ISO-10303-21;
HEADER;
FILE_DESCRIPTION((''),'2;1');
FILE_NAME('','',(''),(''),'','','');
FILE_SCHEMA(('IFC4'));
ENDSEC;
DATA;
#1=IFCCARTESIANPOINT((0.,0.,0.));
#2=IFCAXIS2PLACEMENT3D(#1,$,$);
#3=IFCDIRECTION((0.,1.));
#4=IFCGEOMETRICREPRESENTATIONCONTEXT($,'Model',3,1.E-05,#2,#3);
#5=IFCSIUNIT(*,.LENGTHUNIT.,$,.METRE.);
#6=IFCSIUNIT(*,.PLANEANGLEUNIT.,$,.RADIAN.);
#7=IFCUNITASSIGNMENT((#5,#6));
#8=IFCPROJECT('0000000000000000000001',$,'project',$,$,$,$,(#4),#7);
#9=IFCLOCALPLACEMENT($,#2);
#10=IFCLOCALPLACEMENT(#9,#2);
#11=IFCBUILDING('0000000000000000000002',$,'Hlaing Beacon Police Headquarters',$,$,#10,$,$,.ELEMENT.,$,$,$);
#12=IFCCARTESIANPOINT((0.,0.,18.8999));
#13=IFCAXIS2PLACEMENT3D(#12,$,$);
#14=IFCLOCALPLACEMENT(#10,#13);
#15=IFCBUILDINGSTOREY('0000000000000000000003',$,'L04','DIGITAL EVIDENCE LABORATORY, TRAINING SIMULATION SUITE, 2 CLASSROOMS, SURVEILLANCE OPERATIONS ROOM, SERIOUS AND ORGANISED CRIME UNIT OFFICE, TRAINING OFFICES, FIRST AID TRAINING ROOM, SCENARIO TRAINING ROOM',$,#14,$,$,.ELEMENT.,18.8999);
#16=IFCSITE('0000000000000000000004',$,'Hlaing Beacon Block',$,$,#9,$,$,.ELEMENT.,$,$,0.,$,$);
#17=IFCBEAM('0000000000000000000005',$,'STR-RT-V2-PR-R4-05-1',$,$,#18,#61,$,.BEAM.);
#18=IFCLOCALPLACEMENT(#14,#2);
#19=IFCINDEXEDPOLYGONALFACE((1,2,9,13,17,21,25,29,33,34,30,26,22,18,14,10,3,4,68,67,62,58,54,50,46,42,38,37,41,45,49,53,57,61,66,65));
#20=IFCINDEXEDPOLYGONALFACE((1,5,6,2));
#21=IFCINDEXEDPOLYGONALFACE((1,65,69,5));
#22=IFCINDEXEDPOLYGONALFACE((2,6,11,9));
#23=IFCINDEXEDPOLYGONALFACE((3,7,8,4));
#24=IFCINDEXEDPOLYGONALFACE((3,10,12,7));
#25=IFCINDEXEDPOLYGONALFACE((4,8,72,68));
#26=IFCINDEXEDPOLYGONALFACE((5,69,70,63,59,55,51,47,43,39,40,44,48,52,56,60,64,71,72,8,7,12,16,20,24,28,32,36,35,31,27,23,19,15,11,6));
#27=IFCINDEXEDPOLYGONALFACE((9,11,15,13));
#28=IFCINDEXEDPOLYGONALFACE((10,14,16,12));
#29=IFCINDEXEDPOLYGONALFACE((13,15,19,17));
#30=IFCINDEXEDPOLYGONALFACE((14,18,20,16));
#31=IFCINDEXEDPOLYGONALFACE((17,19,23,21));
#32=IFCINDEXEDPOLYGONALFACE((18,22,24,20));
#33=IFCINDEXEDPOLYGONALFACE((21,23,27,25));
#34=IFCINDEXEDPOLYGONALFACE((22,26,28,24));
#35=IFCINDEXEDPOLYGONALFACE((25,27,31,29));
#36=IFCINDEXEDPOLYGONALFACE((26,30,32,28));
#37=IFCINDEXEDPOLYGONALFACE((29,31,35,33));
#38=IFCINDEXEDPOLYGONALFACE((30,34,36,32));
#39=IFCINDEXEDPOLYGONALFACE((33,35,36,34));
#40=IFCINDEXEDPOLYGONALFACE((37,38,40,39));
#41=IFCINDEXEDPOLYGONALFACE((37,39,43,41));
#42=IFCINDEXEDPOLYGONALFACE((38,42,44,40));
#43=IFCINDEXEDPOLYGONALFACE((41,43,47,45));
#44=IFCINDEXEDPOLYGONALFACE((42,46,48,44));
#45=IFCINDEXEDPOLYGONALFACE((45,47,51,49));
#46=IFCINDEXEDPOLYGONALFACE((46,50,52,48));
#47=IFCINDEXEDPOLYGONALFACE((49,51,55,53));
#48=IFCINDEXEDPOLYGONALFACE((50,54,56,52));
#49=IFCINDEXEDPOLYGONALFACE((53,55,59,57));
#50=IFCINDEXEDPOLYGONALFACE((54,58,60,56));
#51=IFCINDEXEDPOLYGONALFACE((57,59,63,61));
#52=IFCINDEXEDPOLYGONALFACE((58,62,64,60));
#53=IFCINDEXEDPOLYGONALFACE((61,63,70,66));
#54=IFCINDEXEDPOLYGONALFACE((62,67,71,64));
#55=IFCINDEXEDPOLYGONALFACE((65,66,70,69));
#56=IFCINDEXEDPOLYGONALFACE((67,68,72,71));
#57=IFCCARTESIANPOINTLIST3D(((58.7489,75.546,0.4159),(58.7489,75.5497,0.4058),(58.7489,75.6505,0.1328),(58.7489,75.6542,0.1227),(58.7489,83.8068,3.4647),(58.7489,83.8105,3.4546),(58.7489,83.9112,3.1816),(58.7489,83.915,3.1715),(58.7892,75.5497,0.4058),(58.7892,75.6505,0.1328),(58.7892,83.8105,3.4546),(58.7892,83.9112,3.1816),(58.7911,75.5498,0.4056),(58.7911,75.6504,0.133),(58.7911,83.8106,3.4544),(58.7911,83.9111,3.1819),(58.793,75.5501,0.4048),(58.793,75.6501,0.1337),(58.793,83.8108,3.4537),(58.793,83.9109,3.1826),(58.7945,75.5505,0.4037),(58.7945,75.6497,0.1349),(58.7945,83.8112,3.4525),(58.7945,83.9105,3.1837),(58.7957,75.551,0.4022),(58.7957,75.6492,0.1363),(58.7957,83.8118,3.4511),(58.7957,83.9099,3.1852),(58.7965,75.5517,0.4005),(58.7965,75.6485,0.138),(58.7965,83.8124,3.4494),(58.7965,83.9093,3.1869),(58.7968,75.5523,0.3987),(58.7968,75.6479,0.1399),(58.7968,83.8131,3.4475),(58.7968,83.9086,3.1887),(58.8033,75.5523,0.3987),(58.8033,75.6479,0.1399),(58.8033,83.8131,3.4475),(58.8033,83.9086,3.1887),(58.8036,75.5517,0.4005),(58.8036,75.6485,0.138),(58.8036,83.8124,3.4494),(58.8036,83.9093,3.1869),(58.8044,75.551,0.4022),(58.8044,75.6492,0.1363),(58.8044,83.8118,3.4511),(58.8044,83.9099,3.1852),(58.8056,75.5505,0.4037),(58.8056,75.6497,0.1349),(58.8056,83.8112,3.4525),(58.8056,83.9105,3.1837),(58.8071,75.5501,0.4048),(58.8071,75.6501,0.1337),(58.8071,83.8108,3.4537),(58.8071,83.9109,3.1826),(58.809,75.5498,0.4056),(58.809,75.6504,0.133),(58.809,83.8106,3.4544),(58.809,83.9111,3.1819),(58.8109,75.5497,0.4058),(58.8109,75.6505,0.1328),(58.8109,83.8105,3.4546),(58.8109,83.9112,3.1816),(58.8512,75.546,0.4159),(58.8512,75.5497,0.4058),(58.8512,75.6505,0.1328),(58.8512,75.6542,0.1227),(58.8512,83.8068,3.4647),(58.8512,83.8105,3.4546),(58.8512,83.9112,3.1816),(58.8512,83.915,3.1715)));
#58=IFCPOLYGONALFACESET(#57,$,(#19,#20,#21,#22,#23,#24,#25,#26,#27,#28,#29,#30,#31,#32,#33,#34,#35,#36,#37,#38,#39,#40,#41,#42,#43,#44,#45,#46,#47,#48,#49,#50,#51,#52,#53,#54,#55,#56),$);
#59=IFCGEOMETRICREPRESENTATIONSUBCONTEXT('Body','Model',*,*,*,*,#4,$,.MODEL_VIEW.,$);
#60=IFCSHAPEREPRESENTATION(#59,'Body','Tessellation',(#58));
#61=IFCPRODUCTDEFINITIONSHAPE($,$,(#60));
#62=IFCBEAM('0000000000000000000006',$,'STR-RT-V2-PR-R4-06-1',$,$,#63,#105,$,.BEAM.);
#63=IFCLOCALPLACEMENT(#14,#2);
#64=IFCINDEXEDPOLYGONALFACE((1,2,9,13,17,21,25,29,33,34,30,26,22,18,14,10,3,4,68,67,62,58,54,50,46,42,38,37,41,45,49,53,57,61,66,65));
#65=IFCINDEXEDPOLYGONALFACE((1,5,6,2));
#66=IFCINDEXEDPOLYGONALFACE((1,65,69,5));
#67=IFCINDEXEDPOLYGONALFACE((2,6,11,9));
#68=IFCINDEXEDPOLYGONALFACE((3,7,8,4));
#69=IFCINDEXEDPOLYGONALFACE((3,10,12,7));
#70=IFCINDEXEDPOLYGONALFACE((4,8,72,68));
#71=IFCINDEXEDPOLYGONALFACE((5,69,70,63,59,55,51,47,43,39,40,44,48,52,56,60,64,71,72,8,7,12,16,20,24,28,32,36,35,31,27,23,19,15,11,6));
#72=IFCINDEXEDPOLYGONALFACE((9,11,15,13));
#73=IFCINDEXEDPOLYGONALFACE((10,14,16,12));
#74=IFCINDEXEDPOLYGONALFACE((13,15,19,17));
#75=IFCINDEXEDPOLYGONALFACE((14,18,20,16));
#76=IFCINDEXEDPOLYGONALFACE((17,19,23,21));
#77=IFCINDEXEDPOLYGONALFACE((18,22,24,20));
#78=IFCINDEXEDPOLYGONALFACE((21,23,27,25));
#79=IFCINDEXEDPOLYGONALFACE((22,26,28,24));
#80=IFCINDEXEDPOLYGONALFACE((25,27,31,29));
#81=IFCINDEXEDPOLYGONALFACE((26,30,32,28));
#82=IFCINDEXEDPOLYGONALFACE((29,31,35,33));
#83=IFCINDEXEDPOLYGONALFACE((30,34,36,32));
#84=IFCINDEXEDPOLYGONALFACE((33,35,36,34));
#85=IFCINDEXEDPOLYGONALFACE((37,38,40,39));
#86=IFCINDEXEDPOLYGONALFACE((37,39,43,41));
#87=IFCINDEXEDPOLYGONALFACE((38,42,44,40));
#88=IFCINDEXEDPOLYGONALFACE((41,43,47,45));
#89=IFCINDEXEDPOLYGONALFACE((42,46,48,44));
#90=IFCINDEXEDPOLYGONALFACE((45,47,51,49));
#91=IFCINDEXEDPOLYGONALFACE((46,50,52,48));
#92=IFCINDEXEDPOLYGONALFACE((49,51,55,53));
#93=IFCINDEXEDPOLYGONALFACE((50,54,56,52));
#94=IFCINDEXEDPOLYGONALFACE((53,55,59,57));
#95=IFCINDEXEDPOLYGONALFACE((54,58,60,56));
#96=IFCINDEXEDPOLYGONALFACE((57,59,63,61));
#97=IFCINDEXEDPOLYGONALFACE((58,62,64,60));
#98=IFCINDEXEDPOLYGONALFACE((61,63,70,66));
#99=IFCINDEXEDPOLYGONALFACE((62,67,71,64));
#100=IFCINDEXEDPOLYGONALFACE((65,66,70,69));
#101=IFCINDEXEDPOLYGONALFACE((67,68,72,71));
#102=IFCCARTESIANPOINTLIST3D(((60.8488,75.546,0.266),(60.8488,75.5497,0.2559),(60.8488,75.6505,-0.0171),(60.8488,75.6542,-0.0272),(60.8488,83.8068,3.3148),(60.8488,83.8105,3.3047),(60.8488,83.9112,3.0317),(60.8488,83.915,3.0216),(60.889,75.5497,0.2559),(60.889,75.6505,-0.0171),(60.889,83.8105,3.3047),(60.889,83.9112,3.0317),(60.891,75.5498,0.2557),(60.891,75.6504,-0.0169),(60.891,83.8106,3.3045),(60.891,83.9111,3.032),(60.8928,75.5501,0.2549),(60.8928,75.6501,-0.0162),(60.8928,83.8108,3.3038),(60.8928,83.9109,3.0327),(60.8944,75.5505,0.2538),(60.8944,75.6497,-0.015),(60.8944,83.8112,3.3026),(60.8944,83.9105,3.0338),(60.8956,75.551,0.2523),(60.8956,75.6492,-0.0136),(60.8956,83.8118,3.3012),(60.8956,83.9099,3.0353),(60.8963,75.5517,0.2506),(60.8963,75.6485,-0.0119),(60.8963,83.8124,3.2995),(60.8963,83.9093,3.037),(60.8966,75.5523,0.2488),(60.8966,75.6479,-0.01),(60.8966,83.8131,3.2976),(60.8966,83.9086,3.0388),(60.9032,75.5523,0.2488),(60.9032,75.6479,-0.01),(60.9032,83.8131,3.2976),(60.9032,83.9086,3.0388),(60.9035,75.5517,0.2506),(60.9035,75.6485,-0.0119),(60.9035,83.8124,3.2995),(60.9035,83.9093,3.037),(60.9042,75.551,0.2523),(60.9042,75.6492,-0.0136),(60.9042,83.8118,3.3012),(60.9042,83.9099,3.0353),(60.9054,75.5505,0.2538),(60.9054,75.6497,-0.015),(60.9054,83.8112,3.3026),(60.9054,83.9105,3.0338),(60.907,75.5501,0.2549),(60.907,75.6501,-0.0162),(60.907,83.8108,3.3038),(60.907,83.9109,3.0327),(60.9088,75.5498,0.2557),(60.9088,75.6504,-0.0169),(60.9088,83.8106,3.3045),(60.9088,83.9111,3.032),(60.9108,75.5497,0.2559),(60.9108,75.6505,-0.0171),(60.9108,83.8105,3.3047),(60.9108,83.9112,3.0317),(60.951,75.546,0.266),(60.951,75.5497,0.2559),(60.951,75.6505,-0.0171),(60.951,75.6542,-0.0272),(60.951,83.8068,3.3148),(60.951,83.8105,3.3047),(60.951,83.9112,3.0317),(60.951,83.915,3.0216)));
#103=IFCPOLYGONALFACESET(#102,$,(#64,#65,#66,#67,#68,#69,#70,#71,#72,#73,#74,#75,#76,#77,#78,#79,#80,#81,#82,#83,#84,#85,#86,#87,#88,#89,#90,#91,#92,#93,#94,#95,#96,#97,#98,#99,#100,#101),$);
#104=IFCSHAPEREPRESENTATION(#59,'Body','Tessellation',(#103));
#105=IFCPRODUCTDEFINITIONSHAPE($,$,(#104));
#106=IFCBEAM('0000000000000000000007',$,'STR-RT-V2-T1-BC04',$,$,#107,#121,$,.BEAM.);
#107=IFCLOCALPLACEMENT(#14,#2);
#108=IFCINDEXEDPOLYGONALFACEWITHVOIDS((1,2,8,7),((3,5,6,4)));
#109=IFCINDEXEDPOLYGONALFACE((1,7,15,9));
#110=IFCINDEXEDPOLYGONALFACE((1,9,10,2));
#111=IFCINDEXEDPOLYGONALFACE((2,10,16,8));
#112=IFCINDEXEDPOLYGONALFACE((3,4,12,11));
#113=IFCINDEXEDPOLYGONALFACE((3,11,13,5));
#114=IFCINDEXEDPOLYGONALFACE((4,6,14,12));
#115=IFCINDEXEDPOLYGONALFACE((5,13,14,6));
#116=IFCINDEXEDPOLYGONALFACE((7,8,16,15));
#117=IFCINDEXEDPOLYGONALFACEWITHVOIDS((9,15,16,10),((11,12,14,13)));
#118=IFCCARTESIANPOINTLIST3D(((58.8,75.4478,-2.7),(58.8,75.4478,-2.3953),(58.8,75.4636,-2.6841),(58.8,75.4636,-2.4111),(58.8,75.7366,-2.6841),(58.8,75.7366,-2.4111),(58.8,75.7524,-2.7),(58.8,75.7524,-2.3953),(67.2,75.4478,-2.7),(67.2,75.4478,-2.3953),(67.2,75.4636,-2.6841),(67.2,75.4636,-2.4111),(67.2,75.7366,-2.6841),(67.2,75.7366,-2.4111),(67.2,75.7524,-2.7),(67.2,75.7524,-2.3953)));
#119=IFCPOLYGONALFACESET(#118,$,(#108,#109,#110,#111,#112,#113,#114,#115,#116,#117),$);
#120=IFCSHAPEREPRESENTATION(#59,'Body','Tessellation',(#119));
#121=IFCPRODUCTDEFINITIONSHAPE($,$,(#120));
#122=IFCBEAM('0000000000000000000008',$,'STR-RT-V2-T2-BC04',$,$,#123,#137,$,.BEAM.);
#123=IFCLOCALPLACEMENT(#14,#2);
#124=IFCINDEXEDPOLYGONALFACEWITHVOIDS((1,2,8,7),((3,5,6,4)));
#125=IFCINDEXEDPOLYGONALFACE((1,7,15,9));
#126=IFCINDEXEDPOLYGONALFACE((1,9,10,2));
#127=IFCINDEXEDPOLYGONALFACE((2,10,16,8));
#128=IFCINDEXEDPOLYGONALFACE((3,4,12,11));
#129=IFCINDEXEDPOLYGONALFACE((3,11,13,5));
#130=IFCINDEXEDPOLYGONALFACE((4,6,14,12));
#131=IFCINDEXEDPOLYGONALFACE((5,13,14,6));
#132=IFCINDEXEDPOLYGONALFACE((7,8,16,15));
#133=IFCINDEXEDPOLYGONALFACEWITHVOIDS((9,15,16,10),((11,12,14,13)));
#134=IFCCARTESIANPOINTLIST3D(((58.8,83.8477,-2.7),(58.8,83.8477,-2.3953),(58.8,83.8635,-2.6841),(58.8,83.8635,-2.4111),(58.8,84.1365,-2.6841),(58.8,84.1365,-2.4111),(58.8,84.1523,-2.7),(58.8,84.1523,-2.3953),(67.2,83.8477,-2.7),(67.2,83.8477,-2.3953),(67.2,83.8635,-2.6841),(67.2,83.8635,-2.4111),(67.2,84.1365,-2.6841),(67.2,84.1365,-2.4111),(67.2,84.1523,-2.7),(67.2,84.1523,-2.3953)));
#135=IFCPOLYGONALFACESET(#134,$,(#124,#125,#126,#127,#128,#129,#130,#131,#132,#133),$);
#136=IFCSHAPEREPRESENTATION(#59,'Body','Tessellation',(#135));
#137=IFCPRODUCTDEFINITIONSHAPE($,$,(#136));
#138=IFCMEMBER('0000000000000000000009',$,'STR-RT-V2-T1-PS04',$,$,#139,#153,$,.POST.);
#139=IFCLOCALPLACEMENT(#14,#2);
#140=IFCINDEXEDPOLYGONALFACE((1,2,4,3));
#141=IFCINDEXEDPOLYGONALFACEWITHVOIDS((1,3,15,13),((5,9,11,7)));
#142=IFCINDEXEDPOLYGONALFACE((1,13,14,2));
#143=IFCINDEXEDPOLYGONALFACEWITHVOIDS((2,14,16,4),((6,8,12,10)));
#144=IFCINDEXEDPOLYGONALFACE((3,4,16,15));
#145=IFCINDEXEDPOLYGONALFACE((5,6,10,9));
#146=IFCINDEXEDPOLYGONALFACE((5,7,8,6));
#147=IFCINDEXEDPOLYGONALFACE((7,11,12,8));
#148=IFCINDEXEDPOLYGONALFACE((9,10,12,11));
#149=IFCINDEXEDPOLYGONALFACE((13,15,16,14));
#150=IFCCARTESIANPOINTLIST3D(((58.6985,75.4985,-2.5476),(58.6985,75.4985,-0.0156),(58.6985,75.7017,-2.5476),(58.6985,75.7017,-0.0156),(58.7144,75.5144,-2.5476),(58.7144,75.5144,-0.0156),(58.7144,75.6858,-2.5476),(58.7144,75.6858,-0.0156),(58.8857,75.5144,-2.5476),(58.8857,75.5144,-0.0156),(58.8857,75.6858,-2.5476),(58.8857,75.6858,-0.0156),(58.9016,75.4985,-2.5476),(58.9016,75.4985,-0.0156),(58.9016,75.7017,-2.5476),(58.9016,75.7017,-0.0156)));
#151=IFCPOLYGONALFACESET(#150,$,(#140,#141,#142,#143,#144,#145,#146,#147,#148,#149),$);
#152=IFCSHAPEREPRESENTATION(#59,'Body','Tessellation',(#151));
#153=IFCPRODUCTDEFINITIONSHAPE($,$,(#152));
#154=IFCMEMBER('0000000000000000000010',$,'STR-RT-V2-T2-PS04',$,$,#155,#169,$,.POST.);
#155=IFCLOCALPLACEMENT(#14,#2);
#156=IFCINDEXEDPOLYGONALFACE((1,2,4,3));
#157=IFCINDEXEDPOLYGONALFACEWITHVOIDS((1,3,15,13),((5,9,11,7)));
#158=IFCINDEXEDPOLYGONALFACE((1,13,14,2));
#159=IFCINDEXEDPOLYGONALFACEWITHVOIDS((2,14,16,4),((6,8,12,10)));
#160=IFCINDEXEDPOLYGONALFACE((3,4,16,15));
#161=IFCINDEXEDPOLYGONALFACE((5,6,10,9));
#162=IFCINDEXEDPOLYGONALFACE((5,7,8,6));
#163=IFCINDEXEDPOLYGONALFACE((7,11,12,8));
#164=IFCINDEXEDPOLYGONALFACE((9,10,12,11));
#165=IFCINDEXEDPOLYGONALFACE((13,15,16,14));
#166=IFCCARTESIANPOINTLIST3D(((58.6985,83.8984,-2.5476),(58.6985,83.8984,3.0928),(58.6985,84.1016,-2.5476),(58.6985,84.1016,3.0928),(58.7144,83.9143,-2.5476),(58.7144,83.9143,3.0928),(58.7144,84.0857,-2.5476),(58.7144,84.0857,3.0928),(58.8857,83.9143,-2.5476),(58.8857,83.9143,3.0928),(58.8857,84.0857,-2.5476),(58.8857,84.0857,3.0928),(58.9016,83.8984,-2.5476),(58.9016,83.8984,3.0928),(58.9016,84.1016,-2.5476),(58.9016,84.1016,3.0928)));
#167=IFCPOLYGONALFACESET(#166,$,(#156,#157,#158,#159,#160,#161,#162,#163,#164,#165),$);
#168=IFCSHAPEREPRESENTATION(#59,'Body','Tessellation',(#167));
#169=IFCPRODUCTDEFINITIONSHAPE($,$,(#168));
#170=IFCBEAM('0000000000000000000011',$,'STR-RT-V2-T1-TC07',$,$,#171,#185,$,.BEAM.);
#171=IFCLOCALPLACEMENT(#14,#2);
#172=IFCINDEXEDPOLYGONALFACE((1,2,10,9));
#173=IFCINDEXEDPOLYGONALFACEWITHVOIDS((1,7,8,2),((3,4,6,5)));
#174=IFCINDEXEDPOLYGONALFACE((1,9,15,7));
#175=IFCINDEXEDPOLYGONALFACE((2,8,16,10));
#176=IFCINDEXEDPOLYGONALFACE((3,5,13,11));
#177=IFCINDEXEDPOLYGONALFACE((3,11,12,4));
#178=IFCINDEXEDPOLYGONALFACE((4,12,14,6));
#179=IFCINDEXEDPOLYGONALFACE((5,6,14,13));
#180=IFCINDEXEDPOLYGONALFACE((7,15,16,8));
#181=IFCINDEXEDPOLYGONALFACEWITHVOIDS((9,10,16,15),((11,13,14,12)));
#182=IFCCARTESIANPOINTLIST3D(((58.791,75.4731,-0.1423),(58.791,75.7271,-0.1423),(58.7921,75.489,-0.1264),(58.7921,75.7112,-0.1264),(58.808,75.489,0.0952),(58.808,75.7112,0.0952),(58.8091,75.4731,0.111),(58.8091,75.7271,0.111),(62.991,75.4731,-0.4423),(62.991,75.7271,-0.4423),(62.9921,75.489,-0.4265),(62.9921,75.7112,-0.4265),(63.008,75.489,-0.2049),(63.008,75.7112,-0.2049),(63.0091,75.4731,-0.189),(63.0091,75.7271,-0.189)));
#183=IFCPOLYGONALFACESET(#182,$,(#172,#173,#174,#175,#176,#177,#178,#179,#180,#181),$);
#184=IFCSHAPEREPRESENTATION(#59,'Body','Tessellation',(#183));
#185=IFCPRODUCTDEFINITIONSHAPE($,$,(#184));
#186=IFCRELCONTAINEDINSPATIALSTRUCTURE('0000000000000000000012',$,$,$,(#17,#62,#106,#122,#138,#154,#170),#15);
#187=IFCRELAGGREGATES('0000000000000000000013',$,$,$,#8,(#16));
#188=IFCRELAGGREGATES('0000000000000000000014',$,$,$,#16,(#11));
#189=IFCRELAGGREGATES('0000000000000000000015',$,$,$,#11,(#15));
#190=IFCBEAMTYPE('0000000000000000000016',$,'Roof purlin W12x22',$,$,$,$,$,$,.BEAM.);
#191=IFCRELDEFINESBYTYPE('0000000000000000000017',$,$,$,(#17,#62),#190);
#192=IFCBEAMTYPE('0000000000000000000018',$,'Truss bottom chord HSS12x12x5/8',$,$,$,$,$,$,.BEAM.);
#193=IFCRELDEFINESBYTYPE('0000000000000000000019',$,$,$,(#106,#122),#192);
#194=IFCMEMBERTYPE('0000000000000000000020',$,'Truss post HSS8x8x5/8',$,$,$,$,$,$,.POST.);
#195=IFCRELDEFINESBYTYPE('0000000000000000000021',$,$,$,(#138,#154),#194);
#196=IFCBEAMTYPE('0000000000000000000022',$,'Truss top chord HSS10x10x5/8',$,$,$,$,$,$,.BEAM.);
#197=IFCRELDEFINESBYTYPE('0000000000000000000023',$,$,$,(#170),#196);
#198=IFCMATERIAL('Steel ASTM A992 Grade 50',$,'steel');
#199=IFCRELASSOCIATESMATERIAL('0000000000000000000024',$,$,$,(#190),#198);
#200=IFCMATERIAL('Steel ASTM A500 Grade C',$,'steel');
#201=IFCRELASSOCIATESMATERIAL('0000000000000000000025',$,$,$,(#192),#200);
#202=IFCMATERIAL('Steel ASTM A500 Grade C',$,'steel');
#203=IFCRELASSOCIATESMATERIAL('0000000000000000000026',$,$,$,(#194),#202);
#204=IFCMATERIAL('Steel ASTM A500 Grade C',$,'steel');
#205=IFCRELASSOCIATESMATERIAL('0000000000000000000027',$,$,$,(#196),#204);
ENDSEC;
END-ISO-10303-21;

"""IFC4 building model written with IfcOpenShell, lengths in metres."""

from ifc_helpers import new_model, si_unit, direction, frame, origin, origin_2d, place, context, subcontext, project, spatial, hollow_rectangle, i_section, extrude, material, material_profile, profile_set, type_object, element, save


model = new_model("IFC4")

# Units and contexts
model_context = context("Model", 3, precision=1e-05, world=origin(), true_north=direction((0.0, 1.0)))
body_context = subcontext(model_context, "Body", "Model", "MODEL_VIEW")
ifc_project = project(units=[si_unit("LENGTHUNIT", "METRE"), si_unit("PLANEANGLEUNIT", "RADIAN")], contexts=[model_context])

# Site, building, storey
site_placement = place(None, origin())
site = spatial("IfcSite", under=ifc_project, at=site_placement, Name="Hlaing Beacon Block", CompositionType="ELEMENT", RefElevation=0.0)
building_placement = place(site_placement, origin())
building = spatial("IfcBuilding", under=site, at=building_placement, Name="Hlaing Beacon Police Headquarters", CompositionType="ELEMENT")
storey_placement = place(building_placement, frame((0.0, 0.0, 18.8999)))
storey = spatial("IfcBuildingStorey", under=building, at=storey_placement, Name="L04", Description="DIGITAL EVIDENCE LABORATORY, TRAINING SIMULATION SUITE, 2 CLASSROOMS, SURVEILLANCE OPERATIONS ROOM, SERIOUS AND ORGANISED CRIME UNIT OFFICE, TRAINING OFFICES, FIRST AID TRAINING ROOM, SCENARIO TRAINING ROOM", CompositionType="ELEMENT", Elevation=18.8999)

# Beams
ifc_material_1 = material(Name="Steel ASTM A992 Grade 50", Category="steel")
ifc_material_profile_1 = material_profile(ifc_material_1, i_section(OverallWidth=0.1023, OverallDepth=0.3125, WebThickness=0.0066, FlangeThickness=0.0107, FilletRadius=0.0076, at=origin_2d()), Name="W12x22")
ifc_profile_set_1 = profile_set([ifc_material_profile_1], Name="Steel ASTM A992 Grade 50")
beam_type_1 = type_object("IfcBeamType", Name="Roof purlin W12x22", PredefinedType="BEAM", material=ifc_profile_set_1)
for number, where, z_axis, x_axis, name in (
    (1, (58.8, 75.6001, 0.2693), (0.0, 0.938144, 0.346245), (-1.0, 0.0, 0.0), "STR-RT-V2-PR-R4-05-1"),
    (2, (60.8999, 75.6001, 0.1194), (0.0, 0.938144, 0.346245), (-1.0, 0.0, 0.0), "STR-RT-V2-PR-R4-06-1"),
):
    element("IfcBeam", number, at=place(storey_placement, frame(where, z_axis=z_axis, x_axis=x_axis)), inside=storey, type_object=beam_type_1, Name=name, PredefinedType="BEAM", context=body_context, shape_type="SweptSolid", body=[
        extrude(i_section(OverallWidth=0.1023, OverallDepth=0.3125, WebThickness=0.0066, FlangeThickness=0.0107, FilletRadius=0.0076, at=origin_2d()), origin(), (0.0, 0.0, 1.0), 8.8054),
    ])
ifc_material_2 = material(Name="Steel ASTM A500 Grade C", Category="steel")
ifc_material_profile_2 = material_profile(ifc_material_2, hollow_rectangle(XDim=0.3047, YDim=0.3047, WallThickness=0.0159, at=origin_2d()), Name="HSS12x12x5/8")
ifc_profile_set_2 = profile_set([ifc_material_profile_2], Name="Steel ASTM A500 Grade C")
beam_type_2 = type_object("IfcBeamType", Name="Truss bottom chord HSS12x12x5/8", PredefinedType="BEAM", material=ifc_profile_set_2)
for number, where, z_axis, x_axis, name in (
    (3, (58.8, 75.6001, -2.5476), (1.0, 0.0, 0.0), (0.0, 1.0, 0.0), "STR-RT-V2-T1-BC04"),
    (4, (58.8, 84.0, -2.5476), (1.0, 0.0, 0.0), (0.0, 1.0, 0.0), "STR-RT-V2-T2-BC04"),
):
    element("IfcBeam", number, at=place(storey_placement, frame(where, z_axis=z_axis, x_axis=x_axis)), inside=storey, type_object=beam_type_2, Name=name, PredefinedType="BEAM", context=body_context, shape_type="SweptSolid", body=[
        extrude(hollow_rectangle(XDim=0.3047, YDim=0.3047, WallThickness=0.0159, at=origin_2d()), origin(), (0.0, 0.0, 1.0), 8.3999),
    ])

# Members
ifc_material_3 = material(Name="Steel ASTM A500 Grade C", Category="steel")
ifc_material_profile_3 = material_profile(ifc_material_3, hollow_rectangle(XDim=0.2031, YDim=0.2031, WallThickness=0.0159, at=origin_2d()), Name="HSS8x8x5/8")
ifc_profile_set_3 = profile_set([ifc_material_profile_3], Name="Steel ASTM A500 Grade C")
member_type_1 = type_object("IfcMemberType", Name="Truss post HSS8x8x5/8", PredefinedType="POST", material=ifc_profile_set_3)
member_1_placement = place(storey_placement, frame((58.8, 75.6001, -2.5476), z_axis=(0.0, 0.0, 1.0), x_axis=(1.0, 0.0, 0.0)))
element("IfcMember", 5, at=member_1_placement, inside=storey, type_object=member_type_1, Name="STR-RT-V2-T1-PS04", PredefinedType="POST", context=body_context, shape_type="SweptSolid", body=[
    extrude(hollow_rectangle(XDim=0.2031, YDim=0.2031, WallThickness=0.0159, at=origin_2d()), origin(), (0.0, 0.0, 1.0), 2.532),
])
member_2_placement = place(storey_placement, frame((58.8, 84.0, -2.5476), z_axis=(0.0, 0.0, 1.0), x_axis=(1.0, 0.0, 0.0)))
element("IfcMember", 6, at=member_2_placement, inside=storey, type_object=member_type_1, Name="STR-RT-V2-T2-PS04", PredefinedType="POST", context=body_context, shape_type="SweptSolid", body=[
    extrude(hollow_rectangle(XDim=0.2031, YDim=0.2031, WallThickness=0.0159, at=origin_2d()), origin(), (0.0, 0.0, 1.0), 5.6404),
])

# Beam
ifc_material_4 = material(Name="Steel ASTM A500 Grade C", Category="steel")
ifc_material_profile_4 = material_profile(ifc_material_4, hollow_rectangle(XDim=0.2539, YDim=0.2539, WallThickness=0.0159, at=origin_2d()), Name="HSS10x10x5/8")
ifc_profile_set_4 = profile_set([ifc_material_profile_4], Name="Steel ASTM A500 Grade C")
beam_type_3 = type_object("IfcBeamType", Name="Truss top chord HSS10x10x5/8", PredefinedType="BEAM", material=ifc_profile_set_4)
for number, where, z_axis, x_axis, name in (
    (7, (58.8, 75.6001, -0.0156), (0.997458, 0.0, -0.071259), (0.0, 1.0, 0.0), "STR-RT-V2-T1-TC07"),
):
    element("IfcBeam", number, at=place(storey_placement, frame(where, z_axis=z_axis, x_axis=x_axis)), inside=storey, type_object=beam_type_3, Name=name, PredefinedType="BEAM", context=body_context, shape_type="SweptSolid", body=[
        extrude(hollow_rectangle(XDim=0.2539, YDim=0.2539, WallThickness=0.0159, at=origin_2d()), origin(), (0.0, 0.0, 1.0), 4.2107),
    ])

save(model, "model.ifc")
